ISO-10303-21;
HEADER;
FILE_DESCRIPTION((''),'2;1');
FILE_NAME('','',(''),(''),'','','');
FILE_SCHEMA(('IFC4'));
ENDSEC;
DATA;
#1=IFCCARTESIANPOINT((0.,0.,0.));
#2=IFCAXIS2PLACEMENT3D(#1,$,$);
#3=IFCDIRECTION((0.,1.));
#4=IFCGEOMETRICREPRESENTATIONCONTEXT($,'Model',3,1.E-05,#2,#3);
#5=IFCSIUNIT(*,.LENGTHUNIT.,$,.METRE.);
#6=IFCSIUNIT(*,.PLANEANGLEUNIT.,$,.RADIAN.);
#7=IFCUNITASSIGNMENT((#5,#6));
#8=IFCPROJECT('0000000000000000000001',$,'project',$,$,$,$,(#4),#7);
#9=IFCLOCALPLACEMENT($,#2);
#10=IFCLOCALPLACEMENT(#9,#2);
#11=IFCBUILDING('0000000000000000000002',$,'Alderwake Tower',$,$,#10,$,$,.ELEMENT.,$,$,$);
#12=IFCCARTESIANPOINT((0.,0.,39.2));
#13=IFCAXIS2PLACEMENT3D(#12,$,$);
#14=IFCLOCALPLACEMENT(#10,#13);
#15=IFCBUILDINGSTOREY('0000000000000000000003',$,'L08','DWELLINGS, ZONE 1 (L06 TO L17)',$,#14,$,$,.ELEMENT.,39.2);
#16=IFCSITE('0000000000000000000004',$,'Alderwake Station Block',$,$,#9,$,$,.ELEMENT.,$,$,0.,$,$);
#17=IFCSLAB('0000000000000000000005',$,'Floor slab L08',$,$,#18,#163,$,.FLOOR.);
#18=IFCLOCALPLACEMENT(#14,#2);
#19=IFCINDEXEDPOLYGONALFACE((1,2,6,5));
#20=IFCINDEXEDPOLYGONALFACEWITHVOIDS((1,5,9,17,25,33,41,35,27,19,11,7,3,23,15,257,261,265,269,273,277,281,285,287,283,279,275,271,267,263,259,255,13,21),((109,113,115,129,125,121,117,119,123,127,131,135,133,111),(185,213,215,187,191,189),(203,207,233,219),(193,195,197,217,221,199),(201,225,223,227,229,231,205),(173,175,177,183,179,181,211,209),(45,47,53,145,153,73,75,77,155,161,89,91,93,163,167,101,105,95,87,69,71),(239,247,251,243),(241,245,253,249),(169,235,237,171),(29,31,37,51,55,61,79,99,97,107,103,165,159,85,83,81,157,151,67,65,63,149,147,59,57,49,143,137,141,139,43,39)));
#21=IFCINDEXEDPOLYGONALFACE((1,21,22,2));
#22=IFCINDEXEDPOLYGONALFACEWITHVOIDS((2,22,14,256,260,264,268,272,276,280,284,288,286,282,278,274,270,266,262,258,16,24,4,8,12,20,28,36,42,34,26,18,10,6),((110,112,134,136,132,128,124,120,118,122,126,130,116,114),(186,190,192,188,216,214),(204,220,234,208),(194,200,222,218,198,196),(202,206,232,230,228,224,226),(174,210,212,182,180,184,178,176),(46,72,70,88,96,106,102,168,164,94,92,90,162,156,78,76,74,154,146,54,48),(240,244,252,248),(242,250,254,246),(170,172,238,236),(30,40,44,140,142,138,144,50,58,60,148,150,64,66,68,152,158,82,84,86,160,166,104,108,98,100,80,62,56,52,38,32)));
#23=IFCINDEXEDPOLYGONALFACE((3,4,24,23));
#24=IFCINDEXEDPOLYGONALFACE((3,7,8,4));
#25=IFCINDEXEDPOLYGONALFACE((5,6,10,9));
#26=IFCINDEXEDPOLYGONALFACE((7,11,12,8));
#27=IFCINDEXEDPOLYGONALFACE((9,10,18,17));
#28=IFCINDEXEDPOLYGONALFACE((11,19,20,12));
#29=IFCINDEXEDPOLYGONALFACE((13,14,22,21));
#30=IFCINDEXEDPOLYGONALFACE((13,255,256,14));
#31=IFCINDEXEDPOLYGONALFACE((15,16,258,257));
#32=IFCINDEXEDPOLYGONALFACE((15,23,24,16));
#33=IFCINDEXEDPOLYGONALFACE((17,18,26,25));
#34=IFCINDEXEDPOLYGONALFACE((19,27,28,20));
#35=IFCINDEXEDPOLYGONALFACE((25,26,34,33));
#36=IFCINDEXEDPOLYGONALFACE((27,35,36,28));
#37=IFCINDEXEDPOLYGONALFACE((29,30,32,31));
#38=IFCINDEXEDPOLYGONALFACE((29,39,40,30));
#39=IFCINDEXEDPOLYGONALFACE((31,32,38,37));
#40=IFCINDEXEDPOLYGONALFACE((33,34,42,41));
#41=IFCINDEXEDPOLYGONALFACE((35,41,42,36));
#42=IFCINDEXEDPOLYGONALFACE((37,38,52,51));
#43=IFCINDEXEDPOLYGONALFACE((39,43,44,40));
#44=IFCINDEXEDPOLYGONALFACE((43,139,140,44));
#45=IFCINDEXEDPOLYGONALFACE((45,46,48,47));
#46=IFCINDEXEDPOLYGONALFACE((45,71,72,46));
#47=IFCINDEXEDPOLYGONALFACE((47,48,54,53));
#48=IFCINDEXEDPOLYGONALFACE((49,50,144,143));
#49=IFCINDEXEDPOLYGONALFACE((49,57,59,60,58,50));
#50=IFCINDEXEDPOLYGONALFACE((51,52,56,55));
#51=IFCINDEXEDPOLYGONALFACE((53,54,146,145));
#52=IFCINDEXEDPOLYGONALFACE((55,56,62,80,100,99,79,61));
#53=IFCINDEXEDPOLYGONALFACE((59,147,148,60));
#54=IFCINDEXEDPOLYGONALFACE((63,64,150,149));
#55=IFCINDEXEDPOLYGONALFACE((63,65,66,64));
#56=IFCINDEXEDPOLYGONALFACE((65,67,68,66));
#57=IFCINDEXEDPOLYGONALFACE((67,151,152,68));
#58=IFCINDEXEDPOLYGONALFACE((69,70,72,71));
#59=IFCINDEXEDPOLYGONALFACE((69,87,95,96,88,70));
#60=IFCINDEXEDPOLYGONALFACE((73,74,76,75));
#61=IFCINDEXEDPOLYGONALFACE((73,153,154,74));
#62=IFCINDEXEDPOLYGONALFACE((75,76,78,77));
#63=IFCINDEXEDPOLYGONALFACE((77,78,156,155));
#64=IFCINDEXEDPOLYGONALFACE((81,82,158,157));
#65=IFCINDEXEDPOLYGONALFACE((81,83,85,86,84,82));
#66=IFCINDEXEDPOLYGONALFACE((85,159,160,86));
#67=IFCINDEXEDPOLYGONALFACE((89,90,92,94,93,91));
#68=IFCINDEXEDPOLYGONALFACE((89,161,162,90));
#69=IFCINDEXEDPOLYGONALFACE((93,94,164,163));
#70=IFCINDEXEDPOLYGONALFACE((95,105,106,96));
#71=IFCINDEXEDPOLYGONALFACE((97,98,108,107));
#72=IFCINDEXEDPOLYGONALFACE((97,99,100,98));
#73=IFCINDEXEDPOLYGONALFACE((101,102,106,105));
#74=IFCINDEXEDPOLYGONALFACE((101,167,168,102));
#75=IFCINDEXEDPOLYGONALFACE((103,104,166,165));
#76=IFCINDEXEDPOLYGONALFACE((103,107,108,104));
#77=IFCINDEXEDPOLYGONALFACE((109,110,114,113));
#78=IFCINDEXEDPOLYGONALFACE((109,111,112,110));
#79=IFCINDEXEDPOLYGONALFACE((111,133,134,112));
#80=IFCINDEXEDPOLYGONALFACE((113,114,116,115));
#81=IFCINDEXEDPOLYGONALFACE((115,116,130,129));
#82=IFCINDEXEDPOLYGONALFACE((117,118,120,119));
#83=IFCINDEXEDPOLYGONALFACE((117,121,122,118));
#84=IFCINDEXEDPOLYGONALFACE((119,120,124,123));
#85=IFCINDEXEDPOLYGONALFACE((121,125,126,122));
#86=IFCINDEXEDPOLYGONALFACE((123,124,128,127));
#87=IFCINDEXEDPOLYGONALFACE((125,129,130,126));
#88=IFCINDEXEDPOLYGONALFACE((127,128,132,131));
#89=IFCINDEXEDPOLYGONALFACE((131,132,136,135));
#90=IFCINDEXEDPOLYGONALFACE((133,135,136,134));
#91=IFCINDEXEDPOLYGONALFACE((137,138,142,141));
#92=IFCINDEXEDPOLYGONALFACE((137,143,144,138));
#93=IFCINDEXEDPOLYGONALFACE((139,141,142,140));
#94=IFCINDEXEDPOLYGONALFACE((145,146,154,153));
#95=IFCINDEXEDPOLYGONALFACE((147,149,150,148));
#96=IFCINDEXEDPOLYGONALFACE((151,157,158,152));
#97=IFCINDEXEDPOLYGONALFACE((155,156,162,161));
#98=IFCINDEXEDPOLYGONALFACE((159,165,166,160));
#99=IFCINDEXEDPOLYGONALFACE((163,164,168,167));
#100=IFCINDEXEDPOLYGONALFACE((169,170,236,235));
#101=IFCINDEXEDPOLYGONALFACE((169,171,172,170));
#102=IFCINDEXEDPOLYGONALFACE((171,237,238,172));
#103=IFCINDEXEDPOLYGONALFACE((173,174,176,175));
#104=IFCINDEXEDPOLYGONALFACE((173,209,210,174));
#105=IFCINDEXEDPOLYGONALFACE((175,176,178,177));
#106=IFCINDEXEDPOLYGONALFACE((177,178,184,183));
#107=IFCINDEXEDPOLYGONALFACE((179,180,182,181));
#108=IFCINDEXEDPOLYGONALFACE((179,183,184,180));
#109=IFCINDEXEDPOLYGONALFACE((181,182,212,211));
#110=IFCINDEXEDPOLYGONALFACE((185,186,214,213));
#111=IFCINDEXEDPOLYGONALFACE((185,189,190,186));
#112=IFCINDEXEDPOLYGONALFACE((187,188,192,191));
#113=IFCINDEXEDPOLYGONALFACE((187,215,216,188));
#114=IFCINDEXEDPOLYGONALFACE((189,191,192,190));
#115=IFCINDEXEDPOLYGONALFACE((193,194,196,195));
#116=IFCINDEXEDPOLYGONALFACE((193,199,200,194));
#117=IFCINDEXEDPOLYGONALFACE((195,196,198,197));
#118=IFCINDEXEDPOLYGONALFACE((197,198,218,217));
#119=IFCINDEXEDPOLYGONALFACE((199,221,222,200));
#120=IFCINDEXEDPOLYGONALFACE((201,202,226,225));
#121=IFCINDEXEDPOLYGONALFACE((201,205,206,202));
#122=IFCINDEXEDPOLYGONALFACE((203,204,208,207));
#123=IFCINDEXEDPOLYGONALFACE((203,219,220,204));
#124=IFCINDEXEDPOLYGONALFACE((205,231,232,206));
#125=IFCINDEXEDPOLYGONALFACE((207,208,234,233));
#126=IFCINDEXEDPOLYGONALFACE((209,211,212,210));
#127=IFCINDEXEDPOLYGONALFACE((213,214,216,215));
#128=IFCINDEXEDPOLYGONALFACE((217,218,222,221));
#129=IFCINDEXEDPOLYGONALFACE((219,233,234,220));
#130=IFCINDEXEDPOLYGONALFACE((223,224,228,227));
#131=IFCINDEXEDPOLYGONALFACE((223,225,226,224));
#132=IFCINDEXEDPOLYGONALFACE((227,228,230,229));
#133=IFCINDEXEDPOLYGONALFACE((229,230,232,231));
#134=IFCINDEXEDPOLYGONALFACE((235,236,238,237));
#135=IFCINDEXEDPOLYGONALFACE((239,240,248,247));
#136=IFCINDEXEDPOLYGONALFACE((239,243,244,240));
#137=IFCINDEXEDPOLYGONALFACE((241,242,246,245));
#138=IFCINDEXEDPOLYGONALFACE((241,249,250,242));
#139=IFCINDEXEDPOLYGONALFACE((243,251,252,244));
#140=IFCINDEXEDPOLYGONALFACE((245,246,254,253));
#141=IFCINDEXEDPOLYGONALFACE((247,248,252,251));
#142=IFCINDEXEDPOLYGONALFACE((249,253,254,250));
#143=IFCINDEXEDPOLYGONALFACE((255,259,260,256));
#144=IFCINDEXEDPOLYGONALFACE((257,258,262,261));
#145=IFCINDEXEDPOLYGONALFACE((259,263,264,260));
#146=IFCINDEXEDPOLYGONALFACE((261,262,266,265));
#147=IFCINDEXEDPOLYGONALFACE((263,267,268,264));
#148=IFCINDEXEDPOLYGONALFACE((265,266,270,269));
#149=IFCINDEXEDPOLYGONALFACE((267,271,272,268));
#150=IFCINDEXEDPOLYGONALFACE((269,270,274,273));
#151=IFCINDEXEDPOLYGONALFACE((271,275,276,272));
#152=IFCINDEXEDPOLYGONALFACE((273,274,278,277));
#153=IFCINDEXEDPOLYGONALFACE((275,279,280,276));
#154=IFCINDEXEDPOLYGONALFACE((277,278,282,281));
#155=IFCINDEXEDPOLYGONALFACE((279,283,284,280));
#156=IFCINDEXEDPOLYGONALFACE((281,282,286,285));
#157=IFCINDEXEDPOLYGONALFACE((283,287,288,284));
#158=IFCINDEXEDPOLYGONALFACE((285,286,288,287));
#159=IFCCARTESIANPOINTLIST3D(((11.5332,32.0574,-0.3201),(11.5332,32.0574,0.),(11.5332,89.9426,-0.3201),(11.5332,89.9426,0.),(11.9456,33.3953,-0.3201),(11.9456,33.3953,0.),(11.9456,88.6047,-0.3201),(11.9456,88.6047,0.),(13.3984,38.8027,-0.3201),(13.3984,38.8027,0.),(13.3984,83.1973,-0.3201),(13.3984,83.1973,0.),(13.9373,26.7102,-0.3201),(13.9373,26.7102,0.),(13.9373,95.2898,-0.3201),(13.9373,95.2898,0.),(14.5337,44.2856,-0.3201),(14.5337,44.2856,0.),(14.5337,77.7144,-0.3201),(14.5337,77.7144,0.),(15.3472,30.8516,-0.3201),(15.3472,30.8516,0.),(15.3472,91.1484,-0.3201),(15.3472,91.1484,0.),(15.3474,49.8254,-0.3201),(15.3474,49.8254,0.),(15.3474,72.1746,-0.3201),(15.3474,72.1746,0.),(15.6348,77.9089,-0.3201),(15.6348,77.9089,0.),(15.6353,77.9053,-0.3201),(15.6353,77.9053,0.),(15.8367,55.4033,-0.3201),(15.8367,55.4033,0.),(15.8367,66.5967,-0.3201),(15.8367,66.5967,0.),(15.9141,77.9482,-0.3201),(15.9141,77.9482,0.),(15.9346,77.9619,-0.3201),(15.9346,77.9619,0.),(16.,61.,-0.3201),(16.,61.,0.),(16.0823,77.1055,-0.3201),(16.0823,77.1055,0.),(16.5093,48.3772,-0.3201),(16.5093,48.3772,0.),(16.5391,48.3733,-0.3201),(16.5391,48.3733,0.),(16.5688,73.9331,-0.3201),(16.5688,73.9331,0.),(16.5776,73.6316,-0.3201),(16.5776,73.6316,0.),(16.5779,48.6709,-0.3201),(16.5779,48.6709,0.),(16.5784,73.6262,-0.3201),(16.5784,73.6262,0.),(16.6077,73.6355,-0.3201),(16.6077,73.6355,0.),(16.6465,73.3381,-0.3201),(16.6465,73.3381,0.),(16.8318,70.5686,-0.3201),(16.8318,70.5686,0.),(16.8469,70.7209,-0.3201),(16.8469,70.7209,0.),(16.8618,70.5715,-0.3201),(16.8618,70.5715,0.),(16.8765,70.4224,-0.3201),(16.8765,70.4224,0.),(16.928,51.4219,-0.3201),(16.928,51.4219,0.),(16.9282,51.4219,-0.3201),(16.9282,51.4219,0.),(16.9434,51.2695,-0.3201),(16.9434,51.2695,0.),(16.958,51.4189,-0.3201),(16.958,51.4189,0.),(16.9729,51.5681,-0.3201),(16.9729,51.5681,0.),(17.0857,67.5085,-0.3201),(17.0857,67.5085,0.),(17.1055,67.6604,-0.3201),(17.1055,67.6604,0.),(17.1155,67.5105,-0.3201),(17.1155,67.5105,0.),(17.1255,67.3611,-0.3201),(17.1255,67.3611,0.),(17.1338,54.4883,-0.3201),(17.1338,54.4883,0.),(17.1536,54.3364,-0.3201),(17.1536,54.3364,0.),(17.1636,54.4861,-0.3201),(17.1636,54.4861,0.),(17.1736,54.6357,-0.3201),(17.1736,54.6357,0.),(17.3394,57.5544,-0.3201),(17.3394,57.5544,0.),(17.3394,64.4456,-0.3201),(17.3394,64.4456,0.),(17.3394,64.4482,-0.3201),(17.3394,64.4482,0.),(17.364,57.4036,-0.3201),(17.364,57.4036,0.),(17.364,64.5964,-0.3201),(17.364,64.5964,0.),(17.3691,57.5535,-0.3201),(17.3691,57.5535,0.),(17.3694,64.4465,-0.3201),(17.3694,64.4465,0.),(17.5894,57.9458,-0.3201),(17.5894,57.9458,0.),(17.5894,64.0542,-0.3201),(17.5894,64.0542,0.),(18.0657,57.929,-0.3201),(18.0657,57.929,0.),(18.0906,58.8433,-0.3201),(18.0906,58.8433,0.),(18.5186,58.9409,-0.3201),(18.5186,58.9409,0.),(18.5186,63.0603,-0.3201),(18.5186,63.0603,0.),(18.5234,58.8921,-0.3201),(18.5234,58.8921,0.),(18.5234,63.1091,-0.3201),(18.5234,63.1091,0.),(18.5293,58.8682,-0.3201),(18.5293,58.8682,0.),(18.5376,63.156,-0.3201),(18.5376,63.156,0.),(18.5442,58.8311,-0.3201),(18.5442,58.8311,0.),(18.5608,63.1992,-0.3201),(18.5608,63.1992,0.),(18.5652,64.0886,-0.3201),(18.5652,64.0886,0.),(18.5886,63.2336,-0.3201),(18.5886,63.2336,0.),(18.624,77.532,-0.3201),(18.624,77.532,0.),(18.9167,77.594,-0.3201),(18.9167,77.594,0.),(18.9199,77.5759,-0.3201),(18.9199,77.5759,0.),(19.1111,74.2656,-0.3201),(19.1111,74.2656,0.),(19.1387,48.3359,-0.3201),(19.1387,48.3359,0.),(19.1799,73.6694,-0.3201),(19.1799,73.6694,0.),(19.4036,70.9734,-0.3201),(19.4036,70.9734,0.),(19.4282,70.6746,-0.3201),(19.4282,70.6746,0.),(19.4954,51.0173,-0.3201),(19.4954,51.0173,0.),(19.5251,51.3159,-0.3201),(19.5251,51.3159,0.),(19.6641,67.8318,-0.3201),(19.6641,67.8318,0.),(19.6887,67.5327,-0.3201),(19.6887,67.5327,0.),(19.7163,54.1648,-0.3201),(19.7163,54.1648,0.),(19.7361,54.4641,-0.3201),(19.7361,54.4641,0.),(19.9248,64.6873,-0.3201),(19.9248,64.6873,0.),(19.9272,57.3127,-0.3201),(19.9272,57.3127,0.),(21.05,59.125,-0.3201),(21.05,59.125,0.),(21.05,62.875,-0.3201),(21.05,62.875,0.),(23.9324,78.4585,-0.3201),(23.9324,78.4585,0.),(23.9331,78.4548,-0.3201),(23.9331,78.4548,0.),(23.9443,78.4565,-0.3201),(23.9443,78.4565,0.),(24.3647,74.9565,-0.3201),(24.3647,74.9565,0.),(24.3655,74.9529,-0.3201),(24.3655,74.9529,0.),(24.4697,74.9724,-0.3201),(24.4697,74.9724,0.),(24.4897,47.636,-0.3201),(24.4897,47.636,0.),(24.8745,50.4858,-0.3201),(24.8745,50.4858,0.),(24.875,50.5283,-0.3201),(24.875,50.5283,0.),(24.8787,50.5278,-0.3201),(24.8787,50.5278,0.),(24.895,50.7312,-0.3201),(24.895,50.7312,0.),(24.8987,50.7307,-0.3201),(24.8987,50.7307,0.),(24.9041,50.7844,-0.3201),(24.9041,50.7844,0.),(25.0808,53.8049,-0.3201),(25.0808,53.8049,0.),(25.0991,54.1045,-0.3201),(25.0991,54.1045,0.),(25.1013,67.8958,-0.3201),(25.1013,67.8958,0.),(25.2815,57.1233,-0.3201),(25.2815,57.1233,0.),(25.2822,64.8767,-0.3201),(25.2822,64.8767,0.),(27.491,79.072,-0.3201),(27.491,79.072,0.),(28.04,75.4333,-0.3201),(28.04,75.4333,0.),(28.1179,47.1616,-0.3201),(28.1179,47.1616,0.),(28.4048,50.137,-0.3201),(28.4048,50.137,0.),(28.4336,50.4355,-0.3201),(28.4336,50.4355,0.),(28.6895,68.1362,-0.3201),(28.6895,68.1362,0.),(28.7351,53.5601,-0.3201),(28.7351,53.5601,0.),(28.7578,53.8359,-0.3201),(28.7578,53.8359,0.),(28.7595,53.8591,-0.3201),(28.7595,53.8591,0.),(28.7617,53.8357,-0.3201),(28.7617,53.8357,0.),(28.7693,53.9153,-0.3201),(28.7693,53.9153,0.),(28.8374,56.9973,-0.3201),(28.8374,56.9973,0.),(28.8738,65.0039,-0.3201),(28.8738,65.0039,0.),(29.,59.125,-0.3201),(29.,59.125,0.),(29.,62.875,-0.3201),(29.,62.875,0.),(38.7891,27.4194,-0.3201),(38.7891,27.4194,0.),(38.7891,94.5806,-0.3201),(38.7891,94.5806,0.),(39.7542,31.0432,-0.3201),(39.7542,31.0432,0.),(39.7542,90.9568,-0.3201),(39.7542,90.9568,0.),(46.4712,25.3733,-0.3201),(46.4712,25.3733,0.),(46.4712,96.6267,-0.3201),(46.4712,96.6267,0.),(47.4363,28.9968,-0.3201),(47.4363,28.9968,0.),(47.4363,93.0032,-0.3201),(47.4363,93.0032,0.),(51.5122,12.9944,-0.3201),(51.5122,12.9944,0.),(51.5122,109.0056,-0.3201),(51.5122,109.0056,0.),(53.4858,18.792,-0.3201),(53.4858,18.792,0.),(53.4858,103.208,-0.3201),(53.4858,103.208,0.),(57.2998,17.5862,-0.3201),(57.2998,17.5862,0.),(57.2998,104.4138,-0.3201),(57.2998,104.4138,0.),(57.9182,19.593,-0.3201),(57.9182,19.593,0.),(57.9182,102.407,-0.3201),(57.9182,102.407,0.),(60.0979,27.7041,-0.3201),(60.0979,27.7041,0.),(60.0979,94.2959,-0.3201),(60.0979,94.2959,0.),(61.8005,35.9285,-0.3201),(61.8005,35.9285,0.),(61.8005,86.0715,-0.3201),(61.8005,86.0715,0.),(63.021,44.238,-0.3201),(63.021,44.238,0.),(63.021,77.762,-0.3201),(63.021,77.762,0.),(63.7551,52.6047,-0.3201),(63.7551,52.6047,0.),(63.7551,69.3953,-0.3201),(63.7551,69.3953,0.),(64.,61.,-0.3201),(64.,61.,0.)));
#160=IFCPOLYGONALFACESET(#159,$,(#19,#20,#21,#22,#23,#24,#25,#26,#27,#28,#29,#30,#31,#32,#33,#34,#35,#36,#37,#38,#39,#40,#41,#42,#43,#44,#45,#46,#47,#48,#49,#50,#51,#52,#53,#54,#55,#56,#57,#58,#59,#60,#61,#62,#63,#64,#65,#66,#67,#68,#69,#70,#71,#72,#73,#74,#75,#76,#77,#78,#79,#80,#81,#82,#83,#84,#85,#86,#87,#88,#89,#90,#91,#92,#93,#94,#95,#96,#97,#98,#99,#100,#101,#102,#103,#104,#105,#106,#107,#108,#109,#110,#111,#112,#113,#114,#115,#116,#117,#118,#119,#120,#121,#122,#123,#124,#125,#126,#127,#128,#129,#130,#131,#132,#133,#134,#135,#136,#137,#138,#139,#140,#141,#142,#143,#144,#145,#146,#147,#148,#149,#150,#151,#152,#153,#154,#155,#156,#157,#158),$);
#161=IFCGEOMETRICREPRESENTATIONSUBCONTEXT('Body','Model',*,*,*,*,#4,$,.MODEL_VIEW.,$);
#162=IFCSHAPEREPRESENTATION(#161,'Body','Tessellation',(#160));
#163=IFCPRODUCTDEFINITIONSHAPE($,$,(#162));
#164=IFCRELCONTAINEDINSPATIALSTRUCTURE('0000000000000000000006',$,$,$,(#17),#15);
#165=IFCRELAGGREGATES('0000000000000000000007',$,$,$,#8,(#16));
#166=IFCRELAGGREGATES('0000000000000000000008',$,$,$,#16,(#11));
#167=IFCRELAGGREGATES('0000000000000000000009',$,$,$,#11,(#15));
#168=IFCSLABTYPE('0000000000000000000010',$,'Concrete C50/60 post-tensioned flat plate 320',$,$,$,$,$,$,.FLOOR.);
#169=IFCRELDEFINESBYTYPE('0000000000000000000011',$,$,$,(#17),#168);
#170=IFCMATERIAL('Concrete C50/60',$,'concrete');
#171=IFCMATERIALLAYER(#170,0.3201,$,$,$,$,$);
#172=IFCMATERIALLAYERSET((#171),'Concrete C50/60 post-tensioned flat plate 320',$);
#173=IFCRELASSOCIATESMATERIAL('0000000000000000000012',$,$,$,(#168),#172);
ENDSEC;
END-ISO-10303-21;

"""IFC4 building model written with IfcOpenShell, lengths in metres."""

from ifc_helpers import new_model, si_unit, direction, frame, origin, place, context, subcontext, project, spatial, polyline, outline, extrude, material, layer, layer_set, type_object, element, save


model = new_model("IFC4")

# Units and contexts
model_context = context("Model", 3, precision=1e-05, world=origin(), true_north=direction((0.0, 1.0)))
body_context = subcontext(model_context, "Body", "Model", "MODEL_VIEW")
ifc_project = project(units=[si_unit("LENGTHUNIT", "METRE"), si_unit("PLANEANGLEUNIT", "RADIAN")], contexts=[model_context])

# Site, building, storey
site_placement = place(None, origin())
site = spatial("IfcSite", under=ifc_project, at=site_placement, Name="Alderwake Station Block", CompositionType="ELEMENT", RefElevation=0.0)
building_placement = place(site_placement, origin())
building = spatial("IfcBuilding", under=site, at=building_placement, Name="Alderwake Tower", CompositionType="ELEMENT")
storey_placement = place(building_placement, frame((0.0, 0.0, 39.2)))
storey = spatial("IfcBuildingStorey", under=building, at=storey_placement, Name="L08", Description="DWELLINGS, ZONE 1 (L06 TO L17)", CompositionType="ELEMENT", Elevation=39.2)

# Slab
ifc_material_1 = material(Name="Concrete C50/60", Category="concrete")
ifc_layer_1 = layer(ifc_material_1, 0.3201)
ifc_layer_set_1 = layer_set([ifc_layer_1], Name="Concrete C50/60 post-tensioned flat plate 320")
slab_type_1 = type_object("IfcSlabType", Name="Concrete C50/60 post-tensioned flat plate 320", PredefinedType="FLOOR", material=ifc_layer_set_1)
slab_1_placement = place(storey_placement, frame((0.0, 0.0, -0.3201)))
element("IfcSlab", 1, at=slab_1_placement, inside=storey, type_object=slab_type_1, Name="Floor slab L08", PredefinedType="FLOOR", context=body_context, shape_type="SweptSolid", body=[
    extrude(outline(polyline([(11.5332, 32.0574), (11.9456, 33.3953), (13.3984, 38.8027), (14.5337, 44.2856), (15.3474, 49.8254), (15.8367, 55.4033), (16.0, 61.0), (15.8367, 66.5967), (15.3474, 72.1746), (14.5337, 77.7144), (13.3984, 83.1973), (11.9456, 88.6047), (11.5332, 89.9426), (15.3472, 91.1484), (13.9373, 95.2898), (51.5122, 109.0056), (53.4858, 103.208), (57.2998, 104.4138), (57.9182, 102.407), (60.0979, 94.2959), (61.8005, 86.0715), (63.021, 77.762), (63.7551, 69.3953), (64.0, 61.0), (63.7551, 52.6047), (63.021, 44.238), (61.8005, 35.9285), (60.0979, 27.7041), (57.9182, 19.593), (57.2998, 17.5862), (53.4858, 18.792), (51.5122, 12.9944), (13.9373, 26.7102), (15.3472, 30.8516), (11.5332, 32.0574)]), holes=[polyline([(16.9434, 51.2695), (16.958, 51.4189), (16.9729, 51.5681), (19.5251, 51.3159), (19.7163, 54.1648), (17.1536, 54.3364), (17.1636, 54.4861), (17.1736, 54.6357), (19.7361, 54.4641), (19.9272, 57.3127), (17.364, 57.4036), (17.3691, 57.5535), (17.3394, 57.5544), (17.1338, 54.4883), (16.928, 51.4219), (16.9282, 51.4219), (16.5093, 48.3772), (16.5391, 48.3733), (16.5779, 48.6709), (19.1387, 48.3359), (19.4954, 51.0173), (16.9434, 51.2695)]), polyline([(29.0, 62.875), (21.05, 62.875), (21.05, 59.125), (29.0, 59.125), (29.0, 62.875)]), polyline([(19.6887, 67.5327), (17.1255, 67.3611), (17.1155, 67.5105), (17.1055, 67.6604), (19.6641, 67.8318), (19.4282, 70.6746), (16.8765, 70.4224), (16.8618, 70.5715), (16.8469, 70.7209), (19.4036, 70.9734), (19.1799, 73.6694), (16.6465, 73.3381), (16.6077, 73.6355), (16.5688, 73.9331), (19.1111, 74.2656), (18.624, 77.532), (18.9199, 77.5759), (18.9167, 77.594), (16.0823, 77.1055), (15.9346, 77.9619), (15.6348, 77.9089), (15.6353, 77.9053), (15.9141, 77.9482), (16.5776, 73.6316), (16.5784, 73.6262), (16.8318, 70.5686), (17.0857, 67.5085), (17.3394, 64.4482), (17.3394, 64.4456), (17.3694, 64.4465), (17.364, 64.5964), (19.9248, 64.6873), (19.6887, 67.5327)]), polyline([(47.4363, 28.9968), (39.7542, 31.0432), (38.7891, 27.4194), (46.4712, 25.3733), (47.4363, 28.9968)]), polyline([(24.8745, 50.4858), (24.8787, 50.5278), (24.875, 50.5283), (24.4897, 47.636), (28.1179, 47.1616), (28.4048, 50.137), (24.8745, 50.4858)]), polyline([(25.0808, 53.8049), (24.895, 50.7312), (24.8987, 50.7307), (24.9041, 50.7844), (28.4336, 50.4355), (28.7351, 53.5601), (25.0808, 53.8049)]), polyline([(28.8374, 56.9973), (25.2815, 57.1233), (25.0991, 54.1045), (28.7595, 53.8591), (28.7578, 53.8359), (28.7617, 53.8357), (28.7693, 53.9153), (28.8374, 56.9973)]), polyline([(28.8738, 65.0039), (28.6895, 68.1362), (25.1013, 67.8958), (25.2822, 64.8767), (28.8738, 65.0039)]), polyline([(27.491, 79.072), (23.9324, 78.4585), (23.9331, 78.4548), (23.9443, 78.4565), (24.4697, 74.9724), (24.3647, 74.9565), (24.3655, 74.9529), (28.04, 75.4333), (27.491, 79.072)]), polyline([(46.4712, 96.6267), (38.7891, 94.5806), (39.7542, 90.9568), (47.4363, 93.0032), (46.4712, 96.6267)]), polyline([(17.5894, 64.0542), (17.5894, 57.9458), (18.0657, 57.929), (18.0906, 58.8433), (18.5442, 58.8311), (18.5293, 58.8682), (18.5234, 58.8921), (18.5186, 58.9409), (18.5186, 63.0603), (18.5234, 63.1091), (18.5376, 63.156), (18.5608, 63.1992), (18.5886, 63.2336), (18.5652, 64.0886), (17.5894, 64.0542)])]), origin(), (0.0, 0.0, 1.0), 0.3201),
])

save(model, "model.ifc")
